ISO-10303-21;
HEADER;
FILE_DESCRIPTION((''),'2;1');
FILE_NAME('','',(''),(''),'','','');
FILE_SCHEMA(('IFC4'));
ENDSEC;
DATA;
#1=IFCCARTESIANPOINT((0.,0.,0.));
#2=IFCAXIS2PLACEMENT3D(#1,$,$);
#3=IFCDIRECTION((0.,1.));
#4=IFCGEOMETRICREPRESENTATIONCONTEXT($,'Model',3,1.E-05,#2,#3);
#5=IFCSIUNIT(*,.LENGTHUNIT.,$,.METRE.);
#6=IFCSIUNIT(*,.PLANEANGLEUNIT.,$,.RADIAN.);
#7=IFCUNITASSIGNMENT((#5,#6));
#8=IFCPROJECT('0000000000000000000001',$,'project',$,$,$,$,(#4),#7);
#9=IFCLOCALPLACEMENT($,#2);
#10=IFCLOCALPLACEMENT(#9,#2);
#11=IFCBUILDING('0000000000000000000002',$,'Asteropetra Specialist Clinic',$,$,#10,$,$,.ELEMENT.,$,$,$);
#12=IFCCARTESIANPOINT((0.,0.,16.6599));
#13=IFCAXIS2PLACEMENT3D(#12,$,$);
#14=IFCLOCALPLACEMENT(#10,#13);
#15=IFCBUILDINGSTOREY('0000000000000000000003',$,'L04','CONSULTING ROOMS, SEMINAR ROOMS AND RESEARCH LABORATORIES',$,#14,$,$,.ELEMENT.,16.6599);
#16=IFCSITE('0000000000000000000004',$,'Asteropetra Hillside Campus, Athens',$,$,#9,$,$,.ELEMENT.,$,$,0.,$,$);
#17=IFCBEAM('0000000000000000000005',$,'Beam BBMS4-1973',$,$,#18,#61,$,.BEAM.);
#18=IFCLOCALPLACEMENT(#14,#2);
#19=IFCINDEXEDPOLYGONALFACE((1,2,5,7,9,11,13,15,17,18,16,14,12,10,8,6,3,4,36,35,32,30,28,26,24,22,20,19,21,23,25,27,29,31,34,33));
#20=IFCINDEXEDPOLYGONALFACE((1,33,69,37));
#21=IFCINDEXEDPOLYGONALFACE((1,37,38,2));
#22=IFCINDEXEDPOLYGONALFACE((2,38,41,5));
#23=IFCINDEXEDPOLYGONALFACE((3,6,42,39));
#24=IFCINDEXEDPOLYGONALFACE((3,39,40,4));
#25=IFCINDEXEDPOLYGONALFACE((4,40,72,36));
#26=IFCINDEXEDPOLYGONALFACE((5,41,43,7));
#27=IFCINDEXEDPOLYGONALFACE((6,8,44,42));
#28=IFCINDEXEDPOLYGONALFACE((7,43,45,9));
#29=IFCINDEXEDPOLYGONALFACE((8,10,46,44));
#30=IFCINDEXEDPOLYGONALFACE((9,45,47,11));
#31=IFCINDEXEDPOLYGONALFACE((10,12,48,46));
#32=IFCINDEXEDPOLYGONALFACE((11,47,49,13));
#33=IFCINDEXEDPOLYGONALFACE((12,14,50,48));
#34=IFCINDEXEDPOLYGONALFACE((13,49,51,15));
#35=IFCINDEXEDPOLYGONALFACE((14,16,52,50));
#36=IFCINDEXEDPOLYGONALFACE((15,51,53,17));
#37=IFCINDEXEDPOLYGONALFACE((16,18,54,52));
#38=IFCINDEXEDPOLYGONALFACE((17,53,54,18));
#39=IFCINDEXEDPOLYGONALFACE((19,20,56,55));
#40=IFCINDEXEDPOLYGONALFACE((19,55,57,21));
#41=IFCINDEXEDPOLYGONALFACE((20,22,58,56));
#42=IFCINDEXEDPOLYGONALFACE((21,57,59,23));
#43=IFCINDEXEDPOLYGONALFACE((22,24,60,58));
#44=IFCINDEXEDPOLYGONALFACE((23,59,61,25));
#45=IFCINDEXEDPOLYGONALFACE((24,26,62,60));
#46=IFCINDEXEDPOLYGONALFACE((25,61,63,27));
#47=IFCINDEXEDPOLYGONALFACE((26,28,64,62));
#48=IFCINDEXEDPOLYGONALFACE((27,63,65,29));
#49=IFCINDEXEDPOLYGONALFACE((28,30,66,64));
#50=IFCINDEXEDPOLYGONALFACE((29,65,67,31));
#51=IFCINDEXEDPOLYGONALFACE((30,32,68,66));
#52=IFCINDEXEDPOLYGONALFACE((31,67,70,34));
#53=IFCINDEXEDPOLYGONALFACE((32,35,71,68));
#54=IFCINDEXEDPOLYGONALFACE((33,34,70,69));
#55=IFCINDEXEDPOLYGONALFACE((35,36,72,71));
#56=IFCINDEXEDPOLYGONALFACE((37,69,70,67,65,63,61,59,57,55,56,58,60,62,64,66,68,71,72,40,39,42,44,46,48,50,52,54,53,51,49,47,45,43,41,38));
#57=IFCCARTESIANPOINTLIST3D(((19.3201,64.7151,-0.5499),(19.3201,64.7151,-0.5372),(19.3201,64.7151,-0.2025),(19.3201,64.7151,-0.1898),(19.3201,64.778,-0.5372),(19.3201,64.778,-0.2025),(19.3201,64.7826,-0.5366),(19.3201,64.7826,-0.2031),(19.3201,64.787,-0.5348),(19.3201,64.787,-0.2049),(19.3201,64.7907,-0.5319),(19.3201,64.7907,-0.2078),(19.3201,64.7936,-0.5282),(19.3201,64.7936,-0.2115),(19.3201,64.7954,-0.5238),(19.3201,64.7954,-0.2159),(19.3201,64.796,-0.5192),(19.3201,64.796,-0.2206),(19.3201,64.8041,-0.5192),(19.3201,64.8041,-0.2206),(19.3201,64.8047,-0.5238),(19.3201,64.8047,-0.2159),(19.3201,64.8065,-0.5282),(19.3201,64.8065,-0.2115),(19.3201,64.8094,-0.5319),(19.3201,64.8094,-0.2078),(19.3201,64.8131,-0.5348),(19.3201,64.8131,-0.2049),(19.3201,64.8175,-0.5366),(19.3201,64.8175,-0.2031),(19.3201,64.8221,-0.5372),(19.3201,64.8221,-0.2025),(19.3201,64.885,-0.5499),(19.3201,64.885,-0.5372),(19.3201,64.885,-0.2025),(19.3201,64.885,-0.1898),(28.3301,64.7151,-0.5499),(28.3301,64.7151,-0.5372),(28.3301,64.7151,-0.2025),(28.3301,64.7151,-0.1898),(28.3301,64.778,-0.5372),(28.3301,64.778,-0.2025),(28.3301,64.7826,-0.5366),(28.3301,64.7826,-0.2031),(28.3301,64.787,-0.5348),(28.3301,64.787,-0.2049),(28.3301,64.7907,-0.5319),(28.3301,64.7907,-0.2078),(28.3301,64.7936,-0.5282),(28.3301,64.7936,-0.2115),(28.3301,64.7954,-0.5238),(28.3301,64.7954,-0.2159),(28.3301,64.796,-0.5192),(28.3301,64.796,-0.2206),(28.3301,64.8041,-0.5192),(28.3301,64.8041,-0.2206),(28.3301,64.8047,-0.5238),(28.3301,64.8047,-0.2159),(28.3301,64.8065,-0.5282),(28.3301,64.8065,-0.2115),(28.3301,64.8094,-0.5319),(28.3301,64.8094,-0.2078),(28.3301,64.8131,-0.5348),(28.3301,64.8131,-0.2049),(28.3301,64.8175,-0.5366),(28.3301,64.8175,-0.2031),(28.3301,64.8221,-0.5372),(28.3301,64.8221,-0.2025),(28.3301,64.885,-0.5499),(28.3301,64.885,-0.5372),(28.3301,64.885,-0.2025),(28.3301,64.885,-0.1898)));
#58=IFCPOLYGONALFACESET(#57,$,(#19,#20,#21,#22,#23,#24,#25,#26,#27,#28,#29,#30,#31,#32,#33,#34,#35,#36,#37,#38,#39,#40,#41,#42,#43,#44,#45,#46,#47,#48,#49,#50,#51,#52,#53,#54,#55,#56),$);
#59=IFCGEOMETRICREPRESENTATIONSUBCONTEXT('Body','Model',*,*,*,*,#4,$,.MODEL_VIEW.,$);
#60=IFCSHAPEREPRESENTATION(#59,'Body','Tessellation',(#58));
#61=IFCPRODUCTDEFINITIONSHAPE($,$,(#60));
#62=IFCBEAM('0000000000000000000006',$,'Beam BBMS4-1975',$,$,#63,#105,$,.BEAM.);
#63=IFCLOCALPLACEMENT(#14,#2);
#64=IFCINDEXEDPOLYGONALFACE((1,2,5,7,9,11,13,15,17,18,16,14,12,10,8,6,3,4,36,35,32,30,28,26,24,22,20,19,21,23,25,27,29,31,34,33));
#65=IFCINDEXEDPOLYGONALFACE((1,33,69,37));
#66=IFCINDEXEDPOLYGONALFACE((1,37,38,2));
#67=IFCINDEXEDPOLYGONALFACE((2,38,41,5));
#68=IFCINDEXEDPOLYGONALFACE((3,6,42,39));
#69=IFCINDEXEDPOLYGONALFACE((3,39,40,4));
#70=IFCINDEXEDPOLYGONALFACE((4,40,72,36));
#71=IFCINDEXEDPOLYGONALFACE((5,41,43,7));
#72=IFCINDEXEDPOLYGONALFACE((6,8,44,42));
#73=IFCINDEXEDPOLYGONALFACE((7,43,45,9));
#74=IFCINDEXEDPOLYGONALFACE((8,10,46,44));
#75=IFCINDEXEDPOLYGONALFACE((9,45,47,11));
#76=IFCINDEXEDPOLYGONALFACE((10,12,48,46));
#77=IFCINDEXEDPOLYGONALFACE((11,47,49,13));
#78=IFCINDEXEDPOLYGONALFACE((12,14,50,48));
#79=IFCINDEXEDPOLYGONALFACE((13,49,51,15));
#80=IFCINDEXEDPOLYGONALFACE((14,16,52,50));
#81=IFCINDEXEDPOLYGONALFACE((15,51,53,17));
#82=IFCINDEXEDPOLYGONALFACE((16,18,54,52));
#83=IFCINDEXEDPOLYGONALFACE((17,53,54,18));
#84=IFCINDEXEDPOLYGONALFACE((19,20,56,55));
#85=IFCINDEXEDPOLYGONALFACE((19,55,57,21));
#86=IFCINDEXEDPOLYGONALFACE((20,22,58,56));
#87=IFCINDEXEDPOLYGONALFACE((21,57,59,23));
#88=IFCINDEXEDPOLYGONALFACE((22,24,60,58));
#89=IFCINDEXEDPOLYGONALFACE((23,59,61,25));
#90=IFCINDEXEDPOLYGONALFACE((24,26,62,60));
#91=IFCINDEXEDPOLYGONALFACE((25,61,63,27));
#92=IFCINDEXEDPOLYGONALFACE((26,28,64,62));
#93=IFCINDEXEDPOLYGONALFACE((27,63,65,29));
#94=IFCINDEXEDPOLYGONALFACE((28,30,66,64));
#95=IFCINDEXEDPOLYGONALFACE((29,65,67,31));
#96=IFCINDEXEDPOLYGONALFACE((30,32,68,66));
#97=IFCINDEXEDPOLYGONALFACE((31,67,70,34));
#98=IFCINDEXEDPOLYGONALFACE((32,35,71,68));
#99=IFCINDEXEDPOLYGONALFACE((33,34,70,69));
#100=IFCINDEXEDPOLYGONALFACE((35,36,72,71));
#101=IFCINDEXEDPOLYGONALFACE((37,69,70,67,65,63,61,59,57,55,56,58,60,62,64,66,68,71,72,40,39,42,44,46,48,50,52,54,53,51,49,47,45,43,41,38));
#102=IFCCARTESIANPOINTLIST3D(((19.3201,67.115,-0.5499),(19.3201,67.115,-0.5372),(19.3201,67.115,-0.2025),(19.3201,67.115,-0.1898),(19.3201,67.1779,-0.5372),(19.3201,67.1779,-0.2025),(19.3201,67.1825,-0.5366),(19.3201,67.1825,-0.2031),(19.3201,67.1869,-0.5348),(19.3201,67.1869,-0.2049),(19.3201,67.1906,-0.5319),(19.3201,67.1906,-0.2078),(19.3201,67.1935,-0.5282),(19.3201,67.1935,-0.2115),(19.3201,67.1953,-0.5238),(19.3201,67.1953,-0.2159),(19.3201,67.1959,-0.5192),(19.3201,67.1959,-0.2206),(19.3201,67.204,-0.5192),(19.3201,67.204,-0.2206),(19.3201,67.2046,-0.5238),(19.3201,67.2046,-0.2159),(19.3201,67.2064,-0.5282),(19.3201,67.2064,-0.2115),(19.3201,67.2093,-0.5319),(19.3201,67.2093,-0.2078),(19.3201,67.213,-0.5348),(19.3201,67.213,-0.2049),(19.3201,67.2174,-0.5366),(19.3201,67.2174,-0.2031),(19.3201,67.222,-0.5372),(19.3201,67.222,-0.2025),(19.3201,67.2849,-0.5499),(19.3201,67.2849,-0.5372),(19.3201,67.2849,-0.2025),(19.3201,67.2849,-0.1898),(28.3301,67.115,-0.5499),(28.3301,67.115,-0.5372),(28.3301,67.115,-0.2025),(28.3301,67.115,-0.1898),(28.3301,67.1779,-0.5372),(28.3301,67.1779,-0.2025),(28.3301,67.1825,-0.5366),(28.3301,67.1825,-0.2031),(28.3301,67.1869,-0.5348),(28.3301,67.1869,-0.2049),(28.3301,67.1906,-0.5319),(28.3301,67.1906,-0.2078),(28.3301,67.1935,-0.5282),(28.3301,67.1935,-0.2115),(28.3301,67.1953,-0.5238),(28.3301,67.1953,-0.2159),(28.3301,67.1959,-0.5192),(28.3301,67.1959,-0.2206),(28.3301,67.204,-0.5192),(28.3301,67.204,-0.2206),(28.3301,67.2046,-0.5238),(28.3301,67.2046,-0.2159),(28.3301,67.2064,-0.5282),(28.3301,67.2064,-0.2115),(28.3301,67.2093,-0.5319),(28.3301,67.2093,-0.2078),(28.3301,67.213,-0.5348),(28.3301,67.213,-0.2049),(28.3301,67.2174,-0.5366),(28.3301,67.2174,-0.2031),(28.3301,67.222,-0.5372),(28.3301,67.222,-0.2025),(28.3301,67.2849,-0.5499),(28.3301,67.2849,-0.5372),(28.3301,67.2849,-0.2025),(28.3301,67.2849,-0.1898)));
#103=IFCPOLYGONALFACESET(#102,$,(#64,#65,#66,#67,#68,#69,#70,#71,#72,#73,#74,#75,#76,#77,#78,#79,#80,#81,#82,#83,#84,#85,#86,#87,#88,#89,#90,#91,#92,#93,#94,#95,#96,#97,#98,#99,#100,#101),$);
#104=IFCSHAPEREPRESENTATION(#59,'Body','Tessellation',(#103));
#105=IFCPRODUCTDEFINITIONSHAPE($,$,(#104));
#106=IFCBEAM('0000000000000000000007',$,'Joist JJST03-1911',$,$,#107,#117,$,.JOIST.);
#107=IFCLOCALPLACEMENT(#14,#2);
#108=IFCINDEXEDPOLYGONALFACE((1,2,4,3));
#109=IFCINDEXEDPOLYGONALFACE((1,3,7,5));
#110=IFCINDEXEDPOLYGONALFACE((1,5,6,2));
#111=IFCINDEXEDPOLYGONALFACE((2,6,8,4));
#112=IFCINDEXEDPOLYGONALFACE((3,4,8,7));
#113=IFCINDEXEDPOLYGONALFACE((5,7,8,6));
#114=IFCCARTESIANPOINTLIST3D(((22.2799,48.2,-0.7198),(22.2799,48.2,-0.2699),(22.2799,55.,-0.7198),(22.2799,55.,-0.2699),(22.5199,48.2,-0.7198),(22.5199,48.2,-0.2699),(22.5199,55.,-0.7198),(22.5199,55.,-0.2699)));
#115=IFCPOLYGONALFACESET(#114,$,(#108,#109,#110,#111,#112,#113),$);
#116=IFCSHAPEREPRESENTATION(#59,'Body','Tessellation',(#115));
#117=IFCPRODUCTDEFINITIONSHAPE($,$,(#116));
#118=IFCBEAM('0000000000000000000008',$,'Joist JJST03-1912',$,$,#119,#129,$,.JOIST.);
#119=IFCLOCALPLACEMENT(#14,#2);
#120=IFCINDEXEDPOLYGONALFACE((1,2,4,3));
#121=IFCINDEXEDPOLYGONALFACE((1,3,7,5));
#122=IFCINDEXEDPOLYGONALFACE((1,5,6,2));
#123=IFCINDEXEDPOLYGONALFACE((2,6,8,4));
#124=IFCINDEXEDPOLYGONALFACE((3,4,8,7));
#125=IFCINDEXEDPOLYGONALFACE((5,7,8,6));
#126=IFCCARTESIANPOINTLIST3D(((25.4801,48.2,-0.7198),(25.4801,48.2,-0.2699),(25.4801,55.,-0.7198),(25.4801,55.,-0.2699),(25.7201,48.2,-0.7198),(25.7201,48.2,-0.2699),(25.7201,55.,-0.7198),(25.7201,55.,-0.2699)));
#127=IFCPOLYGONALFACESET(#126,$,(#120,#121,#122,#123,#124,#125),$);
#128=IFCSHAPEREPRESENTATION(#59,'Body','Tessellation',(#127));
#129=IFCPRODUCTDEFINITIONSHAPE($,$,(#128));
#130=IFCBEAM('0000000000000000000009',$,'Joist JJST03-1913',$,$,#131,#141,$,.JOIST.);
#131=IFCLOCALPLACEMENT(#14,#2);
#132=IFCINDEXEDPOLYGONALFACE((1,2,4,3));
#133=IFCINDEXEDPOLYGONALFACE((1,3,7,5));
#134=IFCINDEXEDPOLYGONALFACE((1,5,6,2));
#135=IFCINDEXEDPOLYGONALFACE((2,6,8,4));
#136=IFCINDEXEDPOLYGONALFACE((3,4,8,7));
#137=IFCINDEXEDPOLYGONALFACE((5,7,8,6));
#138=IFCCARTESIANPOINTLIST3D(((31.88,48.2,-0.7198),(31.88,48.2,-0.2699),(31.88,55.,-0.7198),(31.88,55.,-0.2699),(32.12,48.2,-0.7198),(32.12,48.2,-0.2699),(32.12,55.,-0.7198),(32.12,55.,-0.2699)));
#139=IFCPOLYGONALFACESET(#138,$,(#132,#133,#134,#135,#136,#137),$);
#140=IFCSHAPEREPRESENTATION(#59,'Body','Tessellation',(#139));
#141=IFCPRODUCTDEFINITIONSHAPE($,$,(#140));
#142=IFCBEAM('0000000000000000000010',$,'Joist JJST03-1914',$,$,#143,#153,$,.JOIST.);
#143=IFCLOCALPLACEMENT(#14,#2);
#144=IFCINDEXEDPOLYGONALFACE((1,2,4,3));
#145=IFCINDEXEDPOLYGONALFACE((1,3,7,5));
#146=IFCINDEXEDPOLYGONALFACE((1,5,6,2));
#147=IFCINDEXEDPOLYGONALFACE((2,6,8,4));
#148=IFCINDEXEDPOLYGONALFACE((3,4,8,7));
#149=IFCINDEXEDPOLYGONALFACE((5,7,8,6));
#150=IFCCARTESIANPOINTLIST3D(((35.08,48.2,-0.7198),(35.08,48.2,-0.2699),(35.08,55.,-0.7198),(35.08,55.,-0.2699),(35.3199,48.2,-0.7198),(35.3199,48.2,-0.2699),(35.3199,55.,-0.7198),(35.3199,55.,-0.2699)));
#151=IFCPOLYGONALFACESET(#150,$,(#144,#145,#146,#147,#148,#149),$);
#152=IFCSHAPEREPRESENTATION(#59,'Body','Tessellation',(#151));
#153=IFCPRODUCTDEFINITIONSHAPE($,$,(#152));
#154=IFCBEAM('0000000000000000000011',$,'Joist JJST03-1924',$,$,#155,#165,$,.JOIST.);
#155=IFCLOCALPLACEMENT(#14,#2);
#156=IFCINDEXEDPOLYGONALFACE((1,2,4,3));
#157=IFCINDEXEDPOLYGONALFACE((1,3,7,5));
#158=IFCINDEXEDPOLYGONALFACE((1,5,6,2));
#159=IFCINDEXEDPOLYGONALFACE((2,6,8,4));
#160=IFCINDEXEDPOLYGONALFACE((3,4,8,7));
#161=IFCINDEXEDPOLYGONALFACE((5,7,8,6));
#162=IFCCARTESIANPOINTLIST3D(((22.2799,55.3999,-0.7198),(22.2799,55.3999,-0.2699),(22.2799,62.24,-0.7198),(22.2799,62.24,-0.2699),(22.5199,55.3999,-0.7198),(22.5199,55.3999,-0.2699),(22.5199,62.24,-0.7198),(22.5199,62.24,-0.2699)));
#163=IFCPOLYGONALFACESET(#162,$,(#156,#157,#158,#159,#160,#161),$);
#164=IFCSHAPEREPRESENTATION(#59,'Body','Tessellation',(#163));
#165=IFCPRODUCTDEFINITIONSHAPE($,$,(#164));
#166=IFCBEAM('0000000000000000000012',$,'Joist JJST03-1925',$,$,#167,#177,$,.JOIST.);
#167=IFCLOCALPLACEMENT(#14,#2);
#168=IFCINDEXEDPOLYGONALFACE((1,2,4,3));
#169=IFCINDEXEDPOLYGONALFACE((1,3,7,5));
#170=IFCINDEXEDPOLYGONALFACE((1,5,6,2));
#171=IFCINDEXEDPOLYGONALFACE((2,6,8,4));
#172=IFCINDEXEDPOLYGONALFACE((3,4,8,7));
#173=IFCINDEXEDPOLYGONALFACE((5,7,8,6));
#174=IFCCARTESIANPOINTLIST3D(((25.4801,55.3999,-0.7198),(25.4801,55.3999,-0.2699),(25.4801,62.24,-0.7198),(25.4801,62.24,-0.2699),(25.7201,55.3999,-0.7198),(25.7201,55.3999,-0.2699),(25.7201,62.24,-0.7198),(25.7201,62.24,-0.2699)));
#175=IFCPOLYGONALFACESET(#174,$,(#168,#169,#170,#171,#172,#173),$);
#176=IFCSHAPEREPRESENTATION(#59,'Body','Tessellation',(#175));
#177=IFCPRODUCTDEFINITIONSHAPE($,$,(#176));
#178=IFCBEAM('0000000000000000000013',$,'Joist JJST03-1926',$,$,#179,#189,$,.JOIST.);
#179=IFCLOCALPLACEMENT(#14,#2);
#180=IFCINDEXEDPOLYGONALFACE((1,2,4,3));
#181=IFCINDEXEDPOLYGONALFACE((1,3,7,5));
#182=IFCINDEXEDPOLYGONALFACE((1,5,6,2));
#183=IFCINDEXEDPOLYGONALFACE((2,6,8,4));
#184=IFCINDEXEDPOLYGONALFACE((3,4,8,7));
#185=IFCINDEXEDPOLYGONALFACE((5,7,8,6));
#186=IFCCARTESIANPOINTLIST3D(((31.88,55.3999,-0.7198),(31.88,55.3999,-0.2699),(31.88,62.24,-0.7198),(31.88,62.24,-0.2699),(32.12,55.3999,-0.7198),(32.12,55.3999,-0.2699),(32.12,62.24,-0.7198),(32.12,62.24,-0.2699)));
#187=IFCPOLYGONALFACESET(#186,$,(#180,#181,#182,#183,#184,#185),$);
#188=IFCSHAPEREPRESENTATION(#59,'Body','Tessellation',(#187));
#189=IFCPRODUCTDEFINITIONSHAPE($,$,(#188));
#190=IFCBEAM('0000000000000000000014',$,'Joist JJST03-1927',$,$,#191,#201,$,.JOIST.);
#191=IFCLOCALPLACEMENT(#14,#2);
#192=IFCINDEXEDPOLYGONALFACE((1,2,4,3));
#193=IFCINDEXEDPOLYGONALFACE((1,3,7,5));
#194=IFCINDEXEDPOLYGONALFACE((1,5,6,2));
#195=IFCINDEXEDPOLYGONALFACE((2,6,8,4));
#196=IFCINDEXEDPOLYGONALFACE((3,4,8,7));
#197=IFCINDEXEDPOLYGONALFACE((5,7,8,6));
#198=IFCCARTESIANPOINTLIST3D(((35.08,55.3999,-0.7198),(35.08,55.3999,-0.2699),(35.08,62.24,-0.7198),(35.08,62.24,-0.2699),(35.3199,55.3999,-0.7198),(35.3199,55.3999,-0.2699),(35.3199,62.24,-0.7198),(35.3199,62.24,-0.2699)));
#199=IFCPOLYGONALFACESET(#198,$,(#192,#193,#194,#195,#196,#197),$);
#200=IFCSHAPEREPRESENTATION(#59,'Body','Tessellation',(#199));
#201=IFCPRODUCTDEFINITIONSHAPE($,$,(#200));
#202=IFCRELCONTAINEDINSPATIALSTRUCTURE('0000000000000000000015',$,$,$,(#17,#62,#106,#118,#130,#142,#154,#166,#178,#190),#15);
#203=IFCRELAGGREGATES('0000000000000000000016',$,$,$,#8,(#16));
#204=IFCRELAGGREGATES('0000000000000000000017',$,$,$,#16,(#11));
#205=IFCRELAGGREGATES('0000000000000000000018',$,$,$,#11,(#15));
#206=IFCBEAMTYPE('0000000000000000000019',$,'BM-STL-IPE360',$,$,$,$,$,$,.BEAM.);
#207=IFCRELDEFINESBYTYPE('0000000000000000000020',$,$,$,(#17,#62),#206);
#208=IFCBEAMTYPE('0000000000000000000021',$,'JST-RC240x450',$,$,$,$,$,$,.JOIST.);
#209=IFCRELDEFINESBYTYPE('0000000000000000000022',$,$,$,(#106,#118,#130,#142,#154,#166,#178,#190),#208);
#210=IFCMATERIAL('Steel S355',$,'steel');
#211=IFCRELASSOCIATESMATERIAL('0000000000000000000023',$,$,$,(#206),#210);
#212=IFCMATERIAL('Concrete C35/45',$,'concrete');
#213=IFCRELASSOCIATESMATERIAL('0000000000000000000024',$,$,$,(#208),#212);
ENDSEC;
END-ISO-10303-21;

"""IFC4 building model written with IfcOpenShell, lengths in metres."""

from ifc_helpers import new_model, si_unit, direction, frame, origin, origin_2d, place, context, subcontext, project, spatial, rectangle, i_section, extrude, material, material_profile, profile_set, type_object, element, save


model = new_model("IFC4")

# Units and contexts
model_context = context("Model", 3, precision=1e-05, world=origin(), true_north=direction((0.0, 1.0)))
body_context = subcontext(model_context, "Body", "Model", "MODEL_VIEW")
ifc_project = project(units=[si_unit("LENGTHUNIT", "METRE"), si_unit("PLANEANGLEUNIT", "RADIAN")], contexts=[model_context])

# Site, building, storey
site_placement = place(None, origin())
site = spatial("IfcSite", under=ifc_project, at=site_placement, Name="Asteropetra Hillside Campus, Athens", CompositionType="ELEMENT", RefElevation=0.0)
building_placement = place(site_placement, origin())
building = spatial("IfcBuilding", under=site, at=building_placement, Name="Asteropetra Specialist Clinic", CompositionType="ELEMENT")
storey_placement = place(building_placement, frame((0.0, 0.0, 16.6599)))
storey = spatial("IfcBuildingStorey", under=building, at=storey_placement, Name="L04", Description="CONSULTING ROOMS, SEMINAR ROOMS AND RESEARCH LABORATORIES", CompositionType="ELEMENT", Elevation=16.6599)

# Beams
ifc_material_1 = material(Name="Steel S355", Category="steel")
ifc_material_profile_1 = material_profile(ifc_material_1, i_section(OverallWidth=0.1699, OverallDepth=0.3601, WebThickness=0.0081, FlangeThickness=0.0127, FilletRadius=0.0181, at=origin_2d()), Name="IPE 360")
ifc_profile_set_1 = profile_set([ifc_material_profile_1], Name="Steel S355")
beam_type_1 = type_object("IfcBeamType", Name="BM-STL-IPE360", PredefinedType="BEAM", material=ifc_profile_set_1)
for number, where, z_axis, x_axis, name in (
    (1, (19.3201, 64.8, -0.3699), (1.0, 0.0, 0.0), (0.0, 1.0, 0.0), "Beam BBMS4-1973"),
    (2, (19.3201, 67.2, -0.3699), (1.0, 0.0, 0.0), (0.0, 1.0, 0.0), "Beam BBMS4-1975"),
):
    element("IfcBeam", number, at=place(storey_placement, frame(where, z_axis=z_axis, x_axis=x_axis)), inside=storey, type_object=beam_type_1, Name=name, PredefinedType="BEAM", context=body_context, shape_type="SweptSolid", body=[
        extrude(i_section(OverallWidth=0.1699, OverallDepth=0.3601, WebThickness=0.0081, FlangeThickness=0.0127, FilletRadius=0.0181, at=origin_2d()), origin(), (0.0, 0.0, 1.0), 9.01),
    ])
ifc_material_2 = material(Name="Concrete C35/45", Category="concrete")
ifc_material_profile_2 = material_profile(ifc_material_2, rectangle(XDim=0.24, YDim=0.45, at=origin_2d()), Name="RCJ 240x450")
ifc_profile_set_2 = profile_set([ifc_material_profile_2], Name="Concrete C35/45")
beam_type_2 = type_object("IfcBeamType", Name="JST-RC240x450", PredefinedType="JOIST", material=ifc_profile_set_2)
for number, where, z_axis, x_axis, name in (
    (3, (22.3999, 48.2, -0.4949), (0.0, 1.0, 0.0), (-1.0, 0.0, 0.0), "Joist JJST03-1911"),
    (4, (25.6001, 48.2, -0.4949), (0.0, 1.0, 0.0), (-1.0, 0.0, 0.0), "Joist JJST03-1912"),
    (5, (32.0, 48.2, -0.4949), (0.0, 1.0, 0.0), (-1.0, 0.0, 0.0), "Joist JJST03-1913"),
    (6, (35.2, 48.2, -0.4949), (0.0, 1.0, 0.0), (-1.0, 0.0, 0.0), "Joist JJST03-1914"),
):
    element("IfcBeam", number, at=place(storey_placement, frame(where, z_axis=z_axis, x_axis=x_axis)), inside=storey, type_object=beam_type_2, Name=name, PredefinedType="JOIST", context=body_context, shape_type="SweptSolid", body=[
        extrude(rectangle(XDim=0.24, YDim=0.45, at=origin_2d()), origin(), (0.0, 0.0, 1.0), 6.8),
    ])
for number, where, z_axis, x_axis, name in (
    (7, (22.3999, 55.3999, -0.4949), (0.0, 1.0, 0.0), (-1.0, 0.0, 0.0), "Joist JJST03-1924"),
    (8, (25.6001, 55.3999, -0.4949), (0.0, 1.0, 0.0), (-1.0, 0.0, 0.0), "Joist JJST03-1925"),
    (9, (32.0, 55.3999, -0.4949), (0.0, 1.0, 0.0), (-1.0, 0.0, 0.0), "Joist JJST03-1926"),
    (10, (35.2, 55.3999, -0.4949), (0.0, 1.0, 0.0), (-1.0, 0.0, 0.0), "Joist JJST03-1927"),
):
    element("IfcBeam", number, at=place(storey_placement, frame(where, z_axis=z_axis, x_axis=x_axis)), inside=storey, type_object=beam_type_2, Name=name, PredefinedType="JOIST", context=body_context, shape_type="SweptSolid", body=[
        extrude(rectangle(XDim=0.24, YDim=0.45, at=origin_2d()), origin(), (0.0, 0.0, 1.0), 6.8401),
    ])

save(model, "model.ifc")
